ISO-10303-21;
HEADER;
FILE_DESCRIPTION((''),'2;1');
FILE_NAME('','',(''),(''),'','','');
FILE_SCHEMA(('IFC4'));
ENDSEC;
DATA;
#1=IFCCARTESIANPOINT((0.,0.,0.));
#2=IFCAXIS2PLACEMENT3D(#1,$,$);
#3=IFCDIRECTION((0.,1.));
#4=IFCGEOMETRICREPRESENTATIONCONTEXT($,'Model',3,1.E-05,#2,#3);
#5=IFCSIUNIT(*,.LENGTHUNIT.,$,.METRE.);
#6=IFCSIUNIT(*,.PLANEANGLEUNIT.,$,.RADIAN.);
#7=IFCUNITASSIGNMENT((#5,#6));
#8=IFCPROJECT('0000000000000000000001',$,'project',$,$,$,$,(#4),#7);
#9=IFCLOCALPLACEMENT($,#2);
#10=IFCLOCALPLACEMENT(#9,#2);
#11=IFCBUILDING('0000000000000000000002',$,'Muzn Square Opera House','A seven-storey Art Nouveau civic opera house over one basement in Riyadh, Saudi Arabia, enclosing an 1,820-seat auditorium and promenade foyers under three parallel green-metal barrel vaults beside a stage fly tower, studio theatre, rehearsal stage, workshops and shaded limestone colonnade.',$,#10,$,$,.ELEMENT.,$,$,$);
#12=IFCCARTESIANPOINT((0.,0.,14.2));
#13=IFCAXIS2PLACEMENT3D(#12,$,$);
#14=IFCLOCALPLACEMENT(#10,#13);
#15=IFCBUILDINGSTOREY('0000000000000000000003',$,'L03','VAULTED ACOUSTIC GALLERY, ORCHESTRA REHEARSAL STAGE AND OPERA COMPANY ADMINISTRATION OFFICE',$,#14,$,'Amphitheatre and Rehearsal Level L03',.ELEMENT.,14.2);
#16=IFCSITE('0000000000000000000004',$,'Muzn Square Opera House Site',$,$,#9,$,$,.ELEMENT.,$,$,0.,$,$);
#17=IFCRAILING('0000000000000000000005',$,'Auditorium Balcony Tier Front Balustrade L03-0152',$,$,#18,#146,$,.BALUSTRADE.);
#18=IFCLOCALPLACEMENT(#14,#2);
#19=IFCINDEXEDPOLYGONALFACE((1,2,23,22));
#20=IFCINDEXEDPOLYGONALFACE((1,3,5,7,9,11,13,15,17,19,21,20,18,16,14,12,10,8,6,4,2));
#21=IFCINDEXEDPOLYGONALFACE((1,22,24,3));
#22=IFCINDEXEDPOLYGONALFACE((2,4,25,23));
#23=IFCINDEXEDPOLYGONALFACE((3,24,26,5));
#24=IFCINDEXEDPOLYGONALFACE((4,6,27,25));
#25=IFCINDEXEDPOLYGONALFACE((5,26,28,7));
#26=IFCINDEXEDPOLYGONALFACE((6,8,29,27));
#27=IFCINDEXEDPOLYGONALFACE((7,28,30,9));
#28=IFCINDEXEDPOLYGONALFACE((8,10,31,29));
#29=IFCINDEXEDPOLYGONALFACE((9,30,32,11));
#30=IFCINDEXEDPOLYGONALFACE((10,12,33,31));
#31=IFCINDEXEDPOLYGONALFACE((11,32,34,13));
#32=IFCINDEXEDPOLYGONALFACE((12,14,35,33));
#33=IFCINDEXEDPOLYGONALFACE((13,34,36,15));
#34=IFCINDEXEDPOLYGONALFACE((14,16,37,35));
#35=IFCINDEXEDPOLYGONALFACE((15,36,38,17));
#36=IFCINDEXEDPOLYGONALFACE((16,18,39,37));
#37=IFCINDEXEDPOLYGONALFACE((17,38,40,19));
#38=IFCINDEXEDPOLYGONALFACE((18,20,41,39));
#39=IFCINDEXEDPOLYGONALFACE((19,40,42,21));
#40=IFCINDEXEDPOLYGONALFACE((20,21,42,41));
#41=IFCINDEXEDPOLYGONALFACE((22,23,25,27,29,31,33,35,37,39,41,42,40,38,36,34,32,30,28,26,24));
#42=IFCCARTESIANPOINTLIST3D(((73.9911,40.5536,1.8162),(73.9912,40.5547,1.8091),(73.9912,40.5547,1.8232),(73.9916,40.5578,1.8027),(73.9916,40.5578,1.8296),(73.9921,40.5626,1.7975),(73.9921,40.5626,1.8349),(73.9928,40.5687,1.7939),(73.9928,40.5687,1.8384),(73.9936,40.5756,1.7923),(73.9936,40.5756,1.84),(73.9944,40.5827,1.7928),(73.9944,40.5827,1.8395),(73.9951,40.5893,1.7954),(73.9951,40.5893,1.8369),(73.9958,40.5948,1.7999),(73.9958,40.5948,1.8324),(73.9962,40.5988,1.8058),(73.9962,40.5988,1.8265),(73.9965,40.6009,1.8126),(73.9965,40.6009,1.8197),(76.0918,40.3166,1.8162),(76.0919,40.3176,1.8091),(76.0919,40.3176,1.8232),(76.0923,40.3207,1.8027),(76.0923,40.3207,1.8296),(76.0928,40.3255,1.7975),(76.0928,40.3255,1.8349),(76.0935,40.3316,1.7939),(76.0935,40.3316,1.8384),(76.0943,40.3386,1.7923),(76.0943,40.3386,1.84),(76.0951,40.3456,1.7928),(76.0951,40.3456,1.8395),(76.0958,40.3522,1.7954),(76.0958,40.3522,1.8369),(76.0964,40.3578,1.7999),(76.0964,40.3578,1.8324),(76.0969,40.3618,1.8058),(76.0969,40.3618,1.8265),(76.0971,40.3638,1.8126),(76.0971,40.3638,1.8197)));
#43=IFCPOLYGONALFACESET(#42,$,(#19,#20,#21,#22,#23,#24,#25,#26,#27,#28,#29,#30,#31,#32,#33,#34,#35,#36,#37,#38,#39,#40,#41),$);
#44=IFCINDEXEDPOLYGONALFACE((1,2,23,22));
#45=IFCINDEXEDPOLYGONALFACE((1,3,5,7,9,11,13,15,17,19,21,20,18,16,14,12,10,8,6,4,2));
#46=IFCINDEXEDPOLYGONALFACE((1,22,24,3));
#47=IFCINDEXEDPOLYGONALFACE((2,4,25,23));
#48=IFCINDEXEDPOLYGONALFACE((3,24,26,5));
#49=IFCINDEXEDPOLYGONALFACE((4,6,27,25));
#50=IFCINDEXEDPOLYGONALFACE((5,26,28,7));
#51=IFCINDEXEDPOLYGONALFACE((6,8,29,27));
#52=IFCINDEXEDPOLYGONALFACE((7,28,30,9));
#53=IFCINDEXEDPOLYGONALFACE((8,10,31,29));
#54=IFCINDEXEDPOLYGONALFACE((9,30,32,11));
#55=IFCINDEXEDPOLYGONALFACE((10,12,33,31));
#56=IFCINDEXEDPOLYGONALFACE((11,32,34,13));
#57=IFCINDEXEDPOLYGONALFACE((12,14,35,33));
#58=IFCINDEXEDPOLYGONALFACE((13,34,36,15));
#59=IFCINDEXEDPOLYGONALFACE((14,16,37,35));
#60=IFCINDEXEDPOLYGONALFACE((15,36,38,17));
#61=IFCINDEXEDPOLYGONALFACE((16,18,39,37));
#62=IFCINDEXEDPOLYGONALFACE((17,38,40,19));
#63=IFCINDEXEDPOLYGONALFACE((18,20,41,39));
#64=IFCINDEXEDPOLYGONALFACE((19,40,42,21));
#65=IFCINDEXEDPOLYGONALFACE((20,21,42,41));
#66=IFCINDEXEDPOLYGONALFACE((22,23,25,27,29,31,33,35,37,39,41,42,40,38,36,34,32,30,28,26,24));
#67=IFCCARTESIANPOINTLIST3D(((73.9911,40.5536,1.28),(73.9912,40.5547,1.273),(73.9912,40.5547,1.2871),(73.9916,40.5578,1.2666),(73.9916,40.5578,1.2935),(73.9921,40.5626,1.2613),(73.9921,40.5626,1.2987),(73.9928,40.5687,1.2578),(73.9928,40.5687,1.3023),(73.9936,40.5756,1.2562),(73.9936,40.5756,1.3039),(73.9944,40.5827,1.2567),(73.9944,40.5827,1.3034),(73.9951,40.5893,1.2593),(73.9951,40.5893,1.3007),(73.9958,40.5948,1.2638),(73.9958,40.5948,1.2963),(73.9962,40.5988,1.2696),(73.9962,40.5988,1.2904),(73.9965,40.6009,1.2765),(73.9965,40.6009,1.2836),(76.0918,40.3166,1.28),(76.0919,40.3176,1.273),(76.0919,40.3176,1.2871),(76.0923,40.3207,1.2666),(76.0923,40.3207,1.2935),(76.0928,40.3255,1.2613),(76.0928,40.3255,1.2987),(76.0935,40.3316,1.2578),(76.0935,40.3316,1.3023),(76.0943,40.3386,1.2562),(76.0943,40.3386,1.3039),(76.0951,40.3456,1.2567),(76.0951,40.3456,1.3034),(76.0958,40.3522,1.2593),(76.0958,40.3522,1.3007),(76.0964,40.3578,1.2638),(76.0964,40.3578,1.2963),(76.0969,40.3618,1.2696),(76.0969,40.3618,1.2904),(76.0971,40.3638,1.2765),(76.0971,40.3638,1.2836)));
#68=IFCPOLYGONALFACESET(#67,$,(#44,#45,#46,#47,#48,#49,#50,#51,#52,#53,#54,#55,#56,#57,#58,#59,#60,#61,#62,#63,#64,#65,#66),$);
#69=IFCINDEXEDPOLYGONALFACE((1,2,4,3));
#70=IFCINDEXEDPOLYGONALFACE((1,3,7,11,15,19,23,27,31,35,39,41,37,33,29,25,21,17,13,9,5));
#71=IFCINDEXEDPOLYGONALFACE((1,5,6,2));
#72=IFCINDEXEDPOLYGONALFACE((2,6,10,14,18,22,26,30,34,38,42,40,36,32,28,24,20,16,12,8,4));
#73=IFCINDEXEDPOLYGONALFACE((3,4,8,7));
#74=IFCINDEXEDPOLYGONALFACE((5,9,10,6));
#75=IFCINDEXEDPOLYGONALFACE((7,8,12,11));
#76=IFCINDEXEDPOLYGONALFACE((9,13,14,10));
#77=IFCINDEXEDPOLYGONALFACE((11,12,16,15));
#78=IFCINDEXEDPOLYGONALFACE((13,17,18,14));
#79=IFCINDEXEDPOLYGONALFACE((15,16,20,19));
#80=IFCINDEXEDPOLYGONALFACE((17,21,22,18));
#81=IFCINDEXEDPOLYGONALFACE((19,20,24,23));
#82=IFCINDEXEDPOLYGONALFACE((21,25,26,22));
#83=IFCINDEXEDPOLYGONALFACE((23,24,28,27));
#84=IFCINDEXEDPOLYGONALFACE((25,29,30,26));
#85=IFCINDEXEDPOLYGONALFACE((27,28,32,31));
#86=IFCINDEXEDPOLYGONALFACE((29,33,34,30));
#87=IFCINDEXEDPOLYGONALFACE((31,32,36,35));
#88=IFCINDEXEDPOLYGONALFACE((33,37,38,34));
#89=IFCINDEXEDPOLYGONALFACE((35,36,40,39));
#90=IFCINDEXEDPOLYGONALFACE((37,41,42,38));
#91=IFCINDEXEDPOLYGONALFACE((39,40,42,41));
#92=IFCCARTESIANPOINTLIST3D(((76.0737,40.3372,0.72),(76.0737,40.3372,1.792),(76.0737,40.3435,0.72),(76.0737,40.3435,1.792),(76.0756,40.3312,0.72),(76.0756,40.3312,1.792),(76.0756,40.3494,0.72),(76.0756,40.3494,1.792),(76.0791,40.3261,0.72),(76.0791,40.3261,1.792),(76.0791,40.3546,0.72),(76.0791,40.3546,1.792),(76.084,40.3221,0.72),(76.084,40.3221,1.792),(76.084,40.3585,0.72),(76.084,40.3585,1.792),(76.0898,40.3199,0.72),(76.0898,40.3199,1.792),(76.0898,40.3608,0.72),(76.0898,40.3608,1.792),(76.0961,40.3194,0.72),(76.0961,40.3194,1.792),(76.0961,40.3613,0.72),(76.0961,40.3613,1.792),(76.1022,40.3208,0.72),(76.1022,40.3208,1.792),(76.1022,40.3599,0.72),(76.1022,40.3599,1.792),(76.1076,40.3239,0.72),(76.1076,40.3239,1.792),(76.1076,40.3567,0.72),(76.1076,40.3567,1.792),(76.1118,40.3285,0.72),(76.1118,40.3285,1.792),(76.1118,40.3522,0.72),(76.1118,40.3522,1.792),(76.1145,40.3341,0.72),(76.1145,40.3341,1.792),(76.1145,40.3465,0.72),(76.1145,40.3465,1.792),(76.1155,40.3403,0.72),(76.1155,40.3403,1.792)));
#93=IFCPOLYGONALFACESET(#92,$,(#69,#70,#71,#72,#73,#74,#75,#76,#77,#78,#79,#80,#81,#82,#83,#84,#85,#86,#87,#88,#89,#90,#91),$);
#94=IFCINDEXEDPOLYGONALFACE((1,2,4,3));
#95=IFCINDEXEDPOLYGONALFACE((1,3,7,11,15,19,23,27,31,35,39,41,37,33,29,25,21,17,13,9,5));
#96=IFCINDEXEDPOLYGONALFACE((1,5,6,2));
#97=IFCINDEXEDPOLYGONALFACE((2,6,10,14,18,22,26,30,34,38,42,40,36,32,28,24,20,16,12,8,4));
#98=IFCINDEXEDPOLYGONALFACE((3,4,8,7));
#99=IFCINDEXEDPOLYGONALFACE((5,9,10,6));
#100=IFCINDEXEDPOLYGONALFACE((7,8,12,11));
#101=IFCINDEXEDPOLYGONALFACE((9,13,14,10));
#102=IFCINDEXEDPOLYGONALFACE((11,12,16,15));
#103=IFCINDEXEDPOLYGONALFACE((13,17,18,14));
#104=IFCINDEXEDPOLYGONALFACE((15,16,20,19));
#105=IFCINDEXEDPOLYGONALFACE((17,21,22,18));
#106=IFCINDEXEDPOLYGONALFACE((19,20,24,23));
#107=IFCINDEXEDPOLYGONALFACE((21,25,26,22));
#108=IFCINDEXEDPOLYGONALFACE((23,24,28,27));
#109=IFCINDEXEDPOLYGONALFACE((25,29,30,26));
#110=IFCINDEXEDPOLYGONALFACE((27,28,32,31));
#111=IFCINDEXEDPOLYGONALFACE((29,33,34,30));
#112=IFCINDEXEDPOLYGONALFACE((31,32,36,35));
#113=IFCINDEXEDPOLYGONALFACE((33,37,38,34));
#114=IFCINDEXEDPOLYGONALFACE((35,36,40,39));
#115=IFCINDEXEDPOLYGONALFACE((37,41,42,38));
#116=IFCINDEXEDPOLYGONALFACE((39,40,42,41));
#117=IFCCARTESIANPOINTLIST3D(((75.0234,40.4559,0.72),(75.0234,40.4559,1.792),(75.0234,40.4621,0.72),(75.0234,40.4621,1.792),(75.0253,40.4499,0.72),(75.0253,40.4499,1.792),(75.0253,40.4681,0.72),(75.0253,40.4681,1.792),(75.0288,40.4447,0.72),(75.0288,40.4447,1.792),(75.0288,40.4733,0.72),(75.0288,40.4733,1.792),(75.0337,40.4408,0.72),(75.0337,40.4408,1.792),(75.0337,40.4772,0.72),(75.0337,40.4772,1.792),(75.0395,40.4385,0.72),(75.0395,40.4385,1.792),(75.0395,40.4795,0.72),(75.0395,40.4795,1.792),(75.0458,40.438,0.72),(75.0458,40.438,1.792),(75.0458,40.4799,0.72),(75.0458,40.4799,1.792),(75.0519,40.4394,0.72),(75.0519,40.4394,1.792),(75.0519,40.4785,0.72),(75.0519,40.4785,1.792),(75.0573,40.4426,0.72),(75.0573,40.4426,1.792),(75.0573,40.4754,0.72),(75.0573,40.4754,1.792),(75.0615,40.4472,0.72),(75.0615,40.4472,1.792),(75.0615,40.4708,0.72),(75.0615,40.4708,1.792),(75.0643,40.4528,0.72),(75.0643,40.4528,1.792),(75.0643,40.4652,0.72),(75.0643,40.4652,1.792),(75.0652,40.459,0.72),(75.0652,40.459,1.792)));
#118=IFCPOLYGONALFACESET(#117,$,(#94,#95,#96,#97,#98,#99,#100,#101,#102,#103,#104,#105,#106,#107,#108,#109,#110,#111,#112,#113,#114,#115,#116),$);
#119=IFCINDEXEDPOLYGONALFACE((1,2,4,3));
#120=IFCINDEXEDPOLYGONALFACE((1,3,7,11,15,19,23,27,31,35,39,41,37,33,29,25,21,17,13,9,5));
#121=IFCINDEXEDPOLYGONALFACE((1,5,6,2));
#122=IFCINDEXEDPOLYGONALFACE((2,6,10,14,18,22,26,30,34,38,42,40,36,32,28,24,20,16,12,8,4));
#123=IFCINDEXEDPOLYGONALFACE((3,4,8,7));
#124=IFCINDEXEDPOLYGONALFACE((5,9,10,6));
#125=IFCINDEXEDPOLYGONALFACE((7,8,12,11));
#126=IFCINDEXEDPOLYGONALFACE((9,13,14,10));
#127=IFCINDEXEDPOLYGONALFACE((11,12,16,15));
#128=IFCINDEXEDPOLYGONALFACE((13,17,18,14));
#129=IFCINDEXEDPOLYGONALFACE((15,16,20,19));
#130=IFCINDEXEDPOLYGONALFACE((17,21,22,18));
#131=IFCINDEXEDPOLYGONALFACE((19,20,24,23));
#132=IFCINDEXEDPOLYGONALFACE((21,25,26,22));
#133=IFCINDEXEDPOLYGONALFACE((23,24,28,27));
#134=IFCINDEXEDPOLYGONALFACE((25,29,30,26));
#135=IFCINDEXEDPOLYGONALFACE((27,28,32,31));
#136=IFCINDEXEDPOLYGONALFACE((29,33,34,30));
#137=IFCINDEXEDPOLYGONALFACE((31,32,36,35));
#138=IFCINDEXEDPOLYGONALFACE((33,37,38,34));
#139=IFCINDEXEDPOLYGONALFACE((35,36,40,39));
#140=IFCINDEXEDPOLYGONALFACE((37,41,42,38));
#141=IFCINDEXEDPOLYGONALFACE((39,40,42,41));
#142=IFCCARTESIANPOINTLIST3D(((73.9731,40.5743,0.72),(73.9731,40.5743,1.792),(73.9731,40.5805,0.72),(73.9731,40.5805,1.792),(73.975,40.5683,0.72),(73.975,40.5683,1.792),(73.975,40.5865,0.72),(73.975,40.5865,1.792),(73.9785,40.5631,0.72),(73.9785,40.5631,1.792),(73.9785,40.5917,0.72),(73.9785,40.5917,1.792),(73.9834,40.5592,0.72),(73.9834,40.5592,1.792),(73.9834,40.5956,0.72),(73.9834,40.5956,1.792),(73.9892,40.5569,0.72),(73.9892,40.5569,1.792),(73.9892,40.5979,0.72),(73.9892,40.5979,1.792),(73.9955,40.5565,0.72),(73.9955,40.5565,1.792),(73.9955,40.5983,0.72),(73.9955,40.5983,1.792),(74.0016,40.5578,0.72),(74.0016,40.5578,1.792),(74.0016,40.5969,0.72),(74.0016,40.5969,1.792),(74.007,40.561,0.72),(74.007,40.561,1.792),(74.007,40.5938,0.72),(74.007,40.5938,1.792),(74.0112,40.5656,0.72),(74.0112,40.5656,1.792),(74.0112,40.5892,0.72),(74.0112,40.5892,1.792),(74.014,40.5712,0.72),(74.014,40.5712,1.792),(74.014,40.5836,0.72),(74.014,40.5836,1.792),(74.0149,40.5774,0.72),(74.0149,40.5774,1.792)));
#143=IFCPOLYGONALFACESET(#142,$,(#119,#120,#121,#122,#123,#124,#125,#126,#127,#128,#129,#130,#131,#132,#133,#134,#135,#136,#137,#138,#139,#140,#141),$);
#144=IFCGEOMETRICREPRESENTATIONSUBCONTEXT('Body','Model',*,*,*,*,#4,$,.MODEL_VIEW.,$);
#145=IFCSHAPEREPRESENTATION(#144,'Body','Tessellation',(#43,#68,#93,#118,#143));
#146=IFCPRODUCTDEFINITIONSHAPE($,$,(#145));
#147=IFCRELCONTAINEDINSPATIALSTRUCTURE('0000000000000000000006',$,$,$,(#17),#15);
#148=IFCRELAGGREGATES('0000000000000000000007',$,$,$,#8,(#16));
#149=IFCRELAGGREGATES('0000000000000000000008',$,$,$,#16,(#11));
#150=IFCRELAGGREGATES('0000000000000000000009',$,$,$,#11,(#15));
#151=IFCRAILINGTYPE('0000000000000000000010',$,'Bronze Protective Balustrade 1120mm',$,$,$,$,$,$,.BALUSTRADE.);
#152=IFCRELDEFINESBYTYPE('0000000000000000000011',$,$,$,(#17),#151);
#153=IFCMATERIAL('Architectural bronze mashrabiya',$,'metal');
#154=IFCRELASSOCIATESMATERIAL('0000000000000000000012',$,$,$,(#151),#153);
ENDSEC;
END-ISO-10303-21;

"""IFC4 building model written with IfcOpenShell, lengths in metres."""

from ifc_helpers import new_model, si_unit, direction, frame, origin, origin_2d, place, context, subcontext, project, spatial, circle, extrude, material, type_object, element, save


model = new_model("IFC4")

# Units and contexts
model_context = context("Model", 3, precision=1e-05, world=origin(), true_north=direction((0.0, 1.0)))
body_context = subcontext(model_context, "Body", "Model", "MODEL_VIEW")
ifc_project = project(units=[si_unit("LENGTHUNIT", "METRE"), si_unit("PLANEANGLEUNIT", "RADIAN")], contexts=[model_context])

# Site, building, storey
site_placement = place(None, origin())
site = spatial("IfcSite", under=ifc_project, at=site_placement, Name="Muzn Square Opera House Site", CompositionType="ELEMENT", RefElevation=0.0)
building_placement = place(site_placement, origin())
building = spatial("IfcBuilding", under=site, at=building_placement, Name="Muzn Square Opera House", Description="A seven-storey Art Nouveau civic opera house over one basement in Riyadh, Saudi Arabia, enclosing an 1,820-seat auditorium and promenade foyers under three parallel green-metal barrel vaults beside a stage fly tower, studio theatre, rehearsal stage, workshops and shaded limestone colonnade.", CompositionType="ELEMENT")
storey_placement = place(building_placement, frame((0.0, 0.0, 14.2)))
storey = spatial("IfcBuildingStorey", under=building, at=storey_placement, Name="L03", Description="VAULTED ACOUSTIC GALLERY, ORCHESTRA REHEARSAL STAGE AND OPERA COMPANY ADMINISTRATION OFFICE", LongName="Amphitheatre and Rehearsal Level L03", CompositionType="ELEMENT", Elevation=14.2)

# Railing
ifc_material_1 = material(Name="Architectural bronze mashrabiya", Category="metal")
railing_type = type_object("IfcRailingType", Name="Bronze Protective Balustrade 1120mm", PredefinedType="BALUSTRADE", material=ifc_material_1)
railing_1_placement = place(storey_placement, frame((76.0945, 40.3403, 0.72)))
element("IfcRailing", 1, at=railing_1_placement, inside=storey, type_object=railing_type, Name="Auditorium Balcony Tier Front Balustrade L03-0152", PredefinedType="BALUSTRADE", context=body_context, shape_type="SweptSolid", body=[
    extrude(circle(Radius=0.0239, at=origin_2d()), frame((0.0, 0.0, 1.0962), z_axis=(-0.993692, 0.112143, 0.0), x_axis=(-0.112143, -0.993692, 0.0)), (0.0, 0.0, 1.0), 2.114),
    extrude(circle(Radius=0.0239, at=origin_2d()), frame((0.0, 0.0, 0.5601), z_axis=(-0.993692, 0.112143, 0.0), x_axis=(-0.112143, -0.993692, 0.0)), (0.0, 0.0, 1.0), 2.114),
    extrude(circle(Radius=0.021, at=origin_2d()), origin(), (0.0, 0.0, 1.0), 1.072),
    extrude(circle(Radius=0.021, at=origin_2d()), frame((-1.0503, 0.1187, 0.0)), (0.0, 0.0, 1.0), 1.072),
    extrude(circle(Radius=0.021, at=origin_2d()), frame((-2.1006, 0.2371, 0.0)), (0.0, 0.0, 1.0), 1.072),
])

save(model, "model.ifc")
